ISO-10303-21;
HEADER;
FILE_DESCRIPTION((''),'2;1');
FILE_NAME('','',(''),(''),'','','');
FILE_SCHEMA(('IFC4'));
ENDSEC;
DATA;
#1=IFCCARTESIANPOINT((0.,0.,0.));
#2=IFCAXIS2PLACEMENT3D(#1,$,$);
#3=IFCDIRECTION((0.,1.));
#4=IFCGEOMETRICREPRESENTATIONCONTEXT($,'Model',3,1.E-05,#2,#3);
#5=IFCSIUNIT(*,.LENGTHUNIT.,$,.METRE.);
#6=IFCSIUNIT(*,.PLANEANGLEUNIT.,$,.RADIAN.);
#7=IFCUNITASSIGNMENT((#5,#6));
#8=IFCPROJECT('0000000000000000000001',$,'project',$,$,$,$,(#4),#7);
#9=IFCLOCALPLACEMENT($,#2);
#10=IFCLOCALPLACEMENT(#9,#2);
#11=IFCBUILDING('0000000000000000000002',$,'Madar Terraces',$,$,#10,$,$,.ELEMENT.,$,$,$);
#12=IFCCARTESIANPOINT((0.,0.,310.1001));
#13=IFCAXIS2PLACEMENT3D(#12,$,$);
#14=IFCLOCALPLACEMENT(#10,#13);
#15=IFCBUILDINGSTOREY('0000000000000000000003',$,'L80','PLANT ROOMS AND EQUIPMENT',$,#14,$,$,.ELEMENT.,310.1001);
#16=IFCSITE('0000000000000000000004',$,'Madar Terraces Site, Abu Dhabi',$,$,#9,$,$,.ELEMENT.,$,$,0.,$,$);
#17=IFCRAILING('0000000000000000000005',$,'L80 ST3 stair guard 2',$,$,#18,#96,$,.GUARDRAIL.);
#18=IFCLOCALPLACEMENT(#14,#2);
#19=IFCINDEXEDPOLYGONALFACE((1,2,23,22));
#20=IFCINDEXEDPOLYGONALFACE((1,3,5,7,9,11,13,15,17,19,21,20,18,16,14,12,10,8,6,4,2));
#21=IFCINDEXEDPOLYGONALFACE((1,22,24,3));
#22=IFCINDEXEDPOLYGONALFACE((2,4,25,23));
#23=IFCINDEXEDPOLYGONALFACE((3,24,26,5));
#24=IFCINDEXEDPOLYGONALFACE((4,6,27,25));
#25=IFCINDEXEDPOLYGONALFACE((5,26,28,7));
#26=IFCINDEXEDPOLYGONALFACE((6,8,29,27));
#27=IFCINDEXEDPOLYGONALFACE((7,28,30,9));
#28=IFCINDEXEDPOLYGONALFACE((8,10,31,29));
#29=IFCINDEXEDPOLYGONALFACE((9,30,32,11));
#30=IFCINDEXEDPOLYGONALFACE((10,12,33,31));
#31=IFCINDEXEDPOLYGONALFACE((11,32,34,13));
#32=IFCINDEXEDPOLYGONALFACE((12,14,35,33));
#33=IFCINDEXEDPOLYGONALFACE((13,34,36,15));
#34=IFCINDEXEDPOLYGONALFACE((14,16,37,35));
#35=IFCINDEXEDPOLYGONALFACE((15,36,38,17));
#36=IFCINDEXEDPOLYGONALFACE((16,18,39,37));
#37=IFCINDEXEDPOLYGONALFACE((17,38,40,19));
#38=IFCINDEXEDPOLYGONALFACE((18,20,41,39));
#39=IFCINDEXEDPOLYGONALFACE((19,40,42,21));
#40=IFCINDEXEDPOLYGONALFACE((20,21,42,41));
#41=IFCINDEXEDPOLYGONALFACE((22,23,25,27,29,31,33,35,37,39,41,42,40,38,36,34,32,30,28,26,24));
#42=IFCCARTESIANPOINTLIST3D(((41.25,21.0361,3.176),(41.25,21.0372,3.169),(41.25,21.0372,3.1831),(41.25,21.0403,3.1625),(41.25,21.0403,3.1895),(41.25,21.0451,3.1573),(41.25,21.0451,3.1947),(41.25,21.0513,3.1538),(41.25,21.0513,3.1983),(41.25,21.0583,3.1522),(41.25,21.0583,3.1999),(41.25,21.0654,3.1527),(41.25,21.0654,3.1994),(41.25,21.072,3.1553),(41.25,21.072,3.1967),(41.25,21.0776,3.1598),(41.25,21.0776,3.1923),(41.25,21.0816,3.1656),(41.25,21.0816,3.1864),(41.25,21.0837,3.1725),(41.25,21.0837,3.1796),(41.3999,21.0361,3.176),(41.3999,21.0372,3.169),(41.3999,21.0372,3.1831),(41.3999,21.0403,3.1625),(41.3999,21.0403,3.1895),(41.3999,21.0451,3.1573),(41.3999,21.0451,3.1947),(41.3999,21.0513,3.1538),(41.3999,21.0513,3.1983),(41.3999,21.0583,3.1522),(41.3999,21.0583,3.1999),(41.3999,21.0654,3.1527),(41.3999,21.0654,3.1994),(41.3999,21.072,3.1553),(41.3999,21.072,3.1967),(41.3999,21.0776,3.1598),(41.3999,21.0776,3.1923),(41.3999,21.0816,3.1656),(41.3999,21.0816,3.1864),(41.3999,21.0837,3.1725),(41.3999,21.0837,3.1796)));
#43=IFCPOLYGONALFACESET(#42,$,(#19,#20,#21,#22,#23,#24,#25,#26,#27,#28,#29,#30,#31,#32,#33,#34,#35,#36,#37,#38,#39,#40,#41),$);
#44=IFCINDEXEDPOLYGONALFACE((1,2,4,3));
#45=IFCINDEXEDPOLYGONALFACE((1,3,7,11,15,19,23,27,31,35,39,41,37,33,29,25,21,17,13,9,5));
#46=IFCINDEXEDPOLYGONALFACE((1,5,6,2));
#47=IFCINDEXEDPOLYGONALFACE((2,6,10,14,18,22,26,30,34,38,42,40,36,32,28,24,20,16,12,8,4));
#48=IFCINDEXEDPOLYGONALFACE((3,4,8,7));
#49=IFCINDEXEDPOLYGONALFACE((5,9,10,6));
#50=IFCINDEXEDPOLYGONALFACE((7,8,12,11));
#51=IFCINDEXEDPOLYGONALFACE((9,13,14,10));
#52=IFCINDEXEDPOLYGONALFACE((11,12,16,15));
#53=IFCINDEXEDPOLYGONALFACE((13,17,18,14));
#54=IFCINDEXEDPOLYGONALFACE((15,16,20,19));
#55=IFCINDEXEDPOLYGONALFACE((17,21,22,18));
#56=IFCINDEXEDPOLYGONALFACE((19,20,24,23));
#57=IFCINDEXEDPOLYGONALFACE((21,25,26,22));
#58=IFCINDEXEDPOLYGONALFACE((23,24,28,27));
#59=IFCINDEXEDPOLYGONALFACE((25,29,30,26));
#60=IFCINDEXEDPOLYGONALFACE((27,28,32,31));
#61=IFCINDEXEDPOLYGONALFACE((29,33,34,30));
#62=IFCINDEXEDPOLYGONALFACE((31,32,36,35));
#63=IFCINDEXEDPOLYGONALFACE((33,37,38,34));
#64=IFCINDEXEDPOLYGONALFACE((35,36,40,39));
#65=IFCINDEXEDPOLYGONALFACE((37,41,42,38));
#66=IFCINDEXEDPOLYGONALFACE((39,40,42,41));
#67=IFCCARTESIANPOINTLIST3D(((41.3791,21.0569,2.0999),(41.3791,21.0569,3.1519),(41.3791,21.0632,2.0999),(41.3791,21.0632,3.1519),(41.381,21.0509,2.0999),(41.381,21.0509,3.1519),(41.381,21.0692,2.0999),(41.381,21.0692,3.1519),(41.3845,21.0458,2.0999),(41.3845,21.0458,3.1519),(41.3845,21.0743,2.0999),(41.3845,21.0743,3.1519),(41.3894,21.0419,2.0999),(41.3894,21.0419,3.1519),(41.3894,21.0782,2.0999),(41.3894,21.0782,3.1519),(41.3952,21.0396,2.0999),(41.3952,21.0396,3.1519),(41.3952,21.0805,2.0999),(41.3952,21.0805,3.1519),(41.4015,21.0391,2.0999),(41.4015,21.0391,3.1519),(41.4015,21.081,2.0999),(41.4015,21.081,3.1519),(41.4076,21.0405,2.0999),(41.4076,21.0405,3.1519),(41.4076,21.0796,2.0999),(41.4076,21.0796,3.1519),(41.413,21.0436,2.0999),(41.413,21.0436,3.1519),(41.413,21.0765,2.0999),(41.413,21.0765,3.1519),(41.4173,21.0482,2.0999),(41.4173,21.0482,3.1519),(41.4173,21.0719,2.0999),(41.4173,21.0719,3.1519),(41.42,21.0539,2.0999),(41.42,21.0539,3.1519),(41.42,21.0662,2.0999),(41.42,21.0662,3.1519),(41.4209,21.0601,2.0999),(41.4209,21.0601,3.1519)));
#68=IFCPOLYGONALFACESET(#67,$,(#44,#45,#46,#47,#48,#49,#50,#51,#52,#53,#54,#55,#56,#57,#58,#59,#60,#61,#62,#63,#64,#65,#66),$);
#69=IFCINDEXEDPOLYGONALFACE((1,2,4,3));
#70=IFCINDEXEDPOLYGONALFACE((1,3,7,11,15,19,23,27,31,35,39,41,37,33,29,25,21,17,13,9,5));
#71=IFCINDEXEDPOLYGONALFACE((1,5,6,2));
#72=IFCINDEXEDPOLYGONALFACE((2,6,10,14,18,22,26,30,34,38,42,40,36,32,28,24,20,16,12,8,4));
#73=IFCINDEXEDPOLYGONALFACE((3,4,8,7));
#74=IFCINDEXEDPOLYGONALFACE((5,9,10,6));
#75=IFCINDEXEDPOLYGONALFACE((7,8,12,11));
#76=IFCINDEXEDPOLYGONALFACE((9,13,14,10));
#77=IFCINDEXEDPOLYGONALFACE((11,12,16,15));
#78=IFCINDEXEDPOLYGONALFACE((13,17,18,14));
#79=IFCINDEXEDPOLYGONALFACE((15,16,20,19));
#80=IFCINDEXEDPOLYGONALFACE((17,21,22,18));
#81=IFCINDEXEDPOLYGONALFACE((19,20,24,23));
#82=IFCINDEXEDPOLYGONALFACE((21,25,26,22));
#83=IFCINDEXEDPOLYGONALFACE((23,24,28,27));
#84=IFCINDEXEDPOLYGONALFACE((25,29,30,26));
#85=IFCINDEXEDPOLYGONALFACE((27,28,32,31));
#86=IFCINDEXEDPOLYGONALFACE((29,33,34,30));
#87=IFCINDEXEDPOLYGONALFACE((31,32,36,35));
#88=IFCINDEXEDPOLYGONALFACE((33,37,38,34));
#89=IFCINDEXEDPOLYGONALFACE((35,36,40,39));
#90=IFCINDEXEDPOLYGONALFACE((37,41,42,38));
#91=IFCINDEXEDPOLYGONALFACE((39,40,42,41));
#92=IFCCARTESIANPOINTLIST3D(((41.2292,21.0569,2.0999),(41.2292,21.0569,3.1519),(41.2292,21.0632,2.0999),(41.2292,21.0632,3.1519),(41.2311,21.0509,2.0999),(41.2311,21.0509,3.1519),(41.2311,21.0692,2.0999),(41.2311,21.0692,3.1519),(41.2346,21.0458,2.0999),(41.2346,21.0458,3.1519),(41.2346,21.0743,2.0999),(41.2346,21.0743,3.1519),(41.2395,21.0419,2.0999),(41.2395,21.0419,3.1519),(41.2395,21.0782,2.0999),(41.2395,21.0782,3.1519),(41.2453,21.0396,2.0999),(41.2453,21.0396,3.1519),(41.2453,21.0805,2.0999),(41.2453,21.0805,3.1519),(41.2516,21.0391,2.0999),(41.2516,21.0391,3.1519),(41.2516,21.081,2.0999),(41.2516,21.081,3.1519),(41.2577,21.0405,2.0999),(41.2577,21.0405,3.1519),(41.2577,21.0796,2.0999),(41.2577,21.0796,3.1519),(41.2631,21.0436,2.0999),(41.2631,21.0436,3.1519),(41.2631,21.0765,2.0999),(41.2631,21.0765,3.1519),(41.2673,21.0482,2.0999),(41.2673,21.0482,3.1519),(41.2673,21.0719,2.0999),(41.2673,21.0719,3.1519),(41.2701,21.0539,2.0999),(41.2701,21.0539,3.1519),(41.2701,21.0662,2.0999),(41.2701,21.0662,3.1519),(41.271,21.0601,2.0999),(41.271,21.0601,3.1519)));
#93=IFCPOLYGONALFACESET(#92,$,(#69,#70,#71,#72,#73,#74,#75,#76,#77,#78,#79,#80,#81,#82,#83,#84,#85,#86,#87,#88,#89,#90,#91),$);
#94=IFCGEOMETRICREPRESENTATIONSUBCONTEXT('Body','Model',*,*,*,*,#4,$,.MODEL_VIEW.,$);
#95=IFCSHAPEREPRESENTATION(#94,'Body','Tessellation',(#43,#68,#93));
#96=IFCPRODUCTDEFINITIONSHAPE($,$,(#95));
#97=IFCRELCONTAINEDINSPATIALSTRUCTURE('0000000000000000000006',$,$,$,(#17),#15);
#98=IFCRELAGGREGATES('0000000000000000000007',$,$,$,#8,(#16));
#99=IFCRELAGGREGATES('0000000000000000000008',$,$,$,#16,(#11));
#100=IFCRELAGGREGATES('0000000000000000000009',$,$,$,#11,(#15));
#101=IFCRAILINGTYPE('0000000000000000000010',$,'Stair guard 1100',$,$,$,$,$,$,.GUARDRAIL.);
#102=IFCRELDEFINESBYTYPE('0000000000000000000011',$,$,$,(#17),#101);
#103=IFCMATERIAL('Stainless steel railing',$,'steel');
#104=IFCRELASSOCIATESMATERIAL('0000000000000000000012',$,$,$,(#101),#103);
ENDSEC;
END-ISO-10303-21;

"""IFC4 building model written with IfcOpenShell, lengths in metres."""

from ifc_helpers import new_model, si_unit, direction, frame, origin, origin_2d, place, context, subcontext, project, spatial, circle, extrude, material, type_object, element, save


model = new_model("IFC4")

# Units and contexts
model_context = context("Model", 3, precision=1e-05, world=origin(), true_north=direction((0.0, 1.0)))
body_context = subcontext(model_context, "Body", "Model", "MODEL_VIEW")
ifc_project = project(units=[si_unit("LENGTHUNIT", "METRE"), si_unit("PLANEANGLEUNIT", "RADIAN")], contexts=[model_context])

# Site, building, storey
site_placement = place(None, origin())
site = spatial("IfcSite", under=ifc_project, at=site_placement, Name="Madar Terraces Site, Abu Dhabi", CompositionType="ELEMENT", RefElevation=0.0)
building_placement = place(site_placement, origin())
building = spatial("IfcBuilding", under=site, at=building_placement, Name="Madar Terraces", CompositionType="ELEMENT")
storey_placement = place(building_placement, frame((0.0, 0.0, 310.1001)))
storey = spatial("IfcBuildingStorey", under=building, at=storey_placement, Name="L80", Description="PLANT ROOMS AND EQUIPMENT", CompositionType="ELEMENT", Elevation=310.1001)

# Railing
ifc_material_1 = material(Name="Stainless steel railing", Category="steel")
railing_type_1 = type_object("IfcRailingType", Name="Stair guard 1100", PredefinedType="GUARDRAIL", material=ifc_material_1)
railing_1_placement = place(storey_placement, frame((41.3999, 21.0601, 2.0999)))
element("IfcRailing", 1, at=railing_1_placement, inside=storey, type_object=railing_type_1, Name="L80 ST3 stair guard 2", PredefinedType="GUARDRAIL", context=body_context, shape_type="SweptSolid", body=[
    extrude(circle(Radius=0.0239, at=origin_2d()), frame((0.0, 0.0, 1.0762), z_axis=(-1.0, 0.0, 0.0), x_axis=(0.0, -1.0, 0.0)), (0.0, 0.0, 1.0), 0.1499),
    extrude(circle(Radius=0.021, at=origin_2d()), origin(), (0.0, 0.0, 1.0), 1.052),
    extrude(circle(Radius=0.021, at=origin_2d()), frame((-0.1499, 0.0, 0.0)), (0.0, 0.0, 1.0), 1.052),
])

save(model, "model.ifc")
